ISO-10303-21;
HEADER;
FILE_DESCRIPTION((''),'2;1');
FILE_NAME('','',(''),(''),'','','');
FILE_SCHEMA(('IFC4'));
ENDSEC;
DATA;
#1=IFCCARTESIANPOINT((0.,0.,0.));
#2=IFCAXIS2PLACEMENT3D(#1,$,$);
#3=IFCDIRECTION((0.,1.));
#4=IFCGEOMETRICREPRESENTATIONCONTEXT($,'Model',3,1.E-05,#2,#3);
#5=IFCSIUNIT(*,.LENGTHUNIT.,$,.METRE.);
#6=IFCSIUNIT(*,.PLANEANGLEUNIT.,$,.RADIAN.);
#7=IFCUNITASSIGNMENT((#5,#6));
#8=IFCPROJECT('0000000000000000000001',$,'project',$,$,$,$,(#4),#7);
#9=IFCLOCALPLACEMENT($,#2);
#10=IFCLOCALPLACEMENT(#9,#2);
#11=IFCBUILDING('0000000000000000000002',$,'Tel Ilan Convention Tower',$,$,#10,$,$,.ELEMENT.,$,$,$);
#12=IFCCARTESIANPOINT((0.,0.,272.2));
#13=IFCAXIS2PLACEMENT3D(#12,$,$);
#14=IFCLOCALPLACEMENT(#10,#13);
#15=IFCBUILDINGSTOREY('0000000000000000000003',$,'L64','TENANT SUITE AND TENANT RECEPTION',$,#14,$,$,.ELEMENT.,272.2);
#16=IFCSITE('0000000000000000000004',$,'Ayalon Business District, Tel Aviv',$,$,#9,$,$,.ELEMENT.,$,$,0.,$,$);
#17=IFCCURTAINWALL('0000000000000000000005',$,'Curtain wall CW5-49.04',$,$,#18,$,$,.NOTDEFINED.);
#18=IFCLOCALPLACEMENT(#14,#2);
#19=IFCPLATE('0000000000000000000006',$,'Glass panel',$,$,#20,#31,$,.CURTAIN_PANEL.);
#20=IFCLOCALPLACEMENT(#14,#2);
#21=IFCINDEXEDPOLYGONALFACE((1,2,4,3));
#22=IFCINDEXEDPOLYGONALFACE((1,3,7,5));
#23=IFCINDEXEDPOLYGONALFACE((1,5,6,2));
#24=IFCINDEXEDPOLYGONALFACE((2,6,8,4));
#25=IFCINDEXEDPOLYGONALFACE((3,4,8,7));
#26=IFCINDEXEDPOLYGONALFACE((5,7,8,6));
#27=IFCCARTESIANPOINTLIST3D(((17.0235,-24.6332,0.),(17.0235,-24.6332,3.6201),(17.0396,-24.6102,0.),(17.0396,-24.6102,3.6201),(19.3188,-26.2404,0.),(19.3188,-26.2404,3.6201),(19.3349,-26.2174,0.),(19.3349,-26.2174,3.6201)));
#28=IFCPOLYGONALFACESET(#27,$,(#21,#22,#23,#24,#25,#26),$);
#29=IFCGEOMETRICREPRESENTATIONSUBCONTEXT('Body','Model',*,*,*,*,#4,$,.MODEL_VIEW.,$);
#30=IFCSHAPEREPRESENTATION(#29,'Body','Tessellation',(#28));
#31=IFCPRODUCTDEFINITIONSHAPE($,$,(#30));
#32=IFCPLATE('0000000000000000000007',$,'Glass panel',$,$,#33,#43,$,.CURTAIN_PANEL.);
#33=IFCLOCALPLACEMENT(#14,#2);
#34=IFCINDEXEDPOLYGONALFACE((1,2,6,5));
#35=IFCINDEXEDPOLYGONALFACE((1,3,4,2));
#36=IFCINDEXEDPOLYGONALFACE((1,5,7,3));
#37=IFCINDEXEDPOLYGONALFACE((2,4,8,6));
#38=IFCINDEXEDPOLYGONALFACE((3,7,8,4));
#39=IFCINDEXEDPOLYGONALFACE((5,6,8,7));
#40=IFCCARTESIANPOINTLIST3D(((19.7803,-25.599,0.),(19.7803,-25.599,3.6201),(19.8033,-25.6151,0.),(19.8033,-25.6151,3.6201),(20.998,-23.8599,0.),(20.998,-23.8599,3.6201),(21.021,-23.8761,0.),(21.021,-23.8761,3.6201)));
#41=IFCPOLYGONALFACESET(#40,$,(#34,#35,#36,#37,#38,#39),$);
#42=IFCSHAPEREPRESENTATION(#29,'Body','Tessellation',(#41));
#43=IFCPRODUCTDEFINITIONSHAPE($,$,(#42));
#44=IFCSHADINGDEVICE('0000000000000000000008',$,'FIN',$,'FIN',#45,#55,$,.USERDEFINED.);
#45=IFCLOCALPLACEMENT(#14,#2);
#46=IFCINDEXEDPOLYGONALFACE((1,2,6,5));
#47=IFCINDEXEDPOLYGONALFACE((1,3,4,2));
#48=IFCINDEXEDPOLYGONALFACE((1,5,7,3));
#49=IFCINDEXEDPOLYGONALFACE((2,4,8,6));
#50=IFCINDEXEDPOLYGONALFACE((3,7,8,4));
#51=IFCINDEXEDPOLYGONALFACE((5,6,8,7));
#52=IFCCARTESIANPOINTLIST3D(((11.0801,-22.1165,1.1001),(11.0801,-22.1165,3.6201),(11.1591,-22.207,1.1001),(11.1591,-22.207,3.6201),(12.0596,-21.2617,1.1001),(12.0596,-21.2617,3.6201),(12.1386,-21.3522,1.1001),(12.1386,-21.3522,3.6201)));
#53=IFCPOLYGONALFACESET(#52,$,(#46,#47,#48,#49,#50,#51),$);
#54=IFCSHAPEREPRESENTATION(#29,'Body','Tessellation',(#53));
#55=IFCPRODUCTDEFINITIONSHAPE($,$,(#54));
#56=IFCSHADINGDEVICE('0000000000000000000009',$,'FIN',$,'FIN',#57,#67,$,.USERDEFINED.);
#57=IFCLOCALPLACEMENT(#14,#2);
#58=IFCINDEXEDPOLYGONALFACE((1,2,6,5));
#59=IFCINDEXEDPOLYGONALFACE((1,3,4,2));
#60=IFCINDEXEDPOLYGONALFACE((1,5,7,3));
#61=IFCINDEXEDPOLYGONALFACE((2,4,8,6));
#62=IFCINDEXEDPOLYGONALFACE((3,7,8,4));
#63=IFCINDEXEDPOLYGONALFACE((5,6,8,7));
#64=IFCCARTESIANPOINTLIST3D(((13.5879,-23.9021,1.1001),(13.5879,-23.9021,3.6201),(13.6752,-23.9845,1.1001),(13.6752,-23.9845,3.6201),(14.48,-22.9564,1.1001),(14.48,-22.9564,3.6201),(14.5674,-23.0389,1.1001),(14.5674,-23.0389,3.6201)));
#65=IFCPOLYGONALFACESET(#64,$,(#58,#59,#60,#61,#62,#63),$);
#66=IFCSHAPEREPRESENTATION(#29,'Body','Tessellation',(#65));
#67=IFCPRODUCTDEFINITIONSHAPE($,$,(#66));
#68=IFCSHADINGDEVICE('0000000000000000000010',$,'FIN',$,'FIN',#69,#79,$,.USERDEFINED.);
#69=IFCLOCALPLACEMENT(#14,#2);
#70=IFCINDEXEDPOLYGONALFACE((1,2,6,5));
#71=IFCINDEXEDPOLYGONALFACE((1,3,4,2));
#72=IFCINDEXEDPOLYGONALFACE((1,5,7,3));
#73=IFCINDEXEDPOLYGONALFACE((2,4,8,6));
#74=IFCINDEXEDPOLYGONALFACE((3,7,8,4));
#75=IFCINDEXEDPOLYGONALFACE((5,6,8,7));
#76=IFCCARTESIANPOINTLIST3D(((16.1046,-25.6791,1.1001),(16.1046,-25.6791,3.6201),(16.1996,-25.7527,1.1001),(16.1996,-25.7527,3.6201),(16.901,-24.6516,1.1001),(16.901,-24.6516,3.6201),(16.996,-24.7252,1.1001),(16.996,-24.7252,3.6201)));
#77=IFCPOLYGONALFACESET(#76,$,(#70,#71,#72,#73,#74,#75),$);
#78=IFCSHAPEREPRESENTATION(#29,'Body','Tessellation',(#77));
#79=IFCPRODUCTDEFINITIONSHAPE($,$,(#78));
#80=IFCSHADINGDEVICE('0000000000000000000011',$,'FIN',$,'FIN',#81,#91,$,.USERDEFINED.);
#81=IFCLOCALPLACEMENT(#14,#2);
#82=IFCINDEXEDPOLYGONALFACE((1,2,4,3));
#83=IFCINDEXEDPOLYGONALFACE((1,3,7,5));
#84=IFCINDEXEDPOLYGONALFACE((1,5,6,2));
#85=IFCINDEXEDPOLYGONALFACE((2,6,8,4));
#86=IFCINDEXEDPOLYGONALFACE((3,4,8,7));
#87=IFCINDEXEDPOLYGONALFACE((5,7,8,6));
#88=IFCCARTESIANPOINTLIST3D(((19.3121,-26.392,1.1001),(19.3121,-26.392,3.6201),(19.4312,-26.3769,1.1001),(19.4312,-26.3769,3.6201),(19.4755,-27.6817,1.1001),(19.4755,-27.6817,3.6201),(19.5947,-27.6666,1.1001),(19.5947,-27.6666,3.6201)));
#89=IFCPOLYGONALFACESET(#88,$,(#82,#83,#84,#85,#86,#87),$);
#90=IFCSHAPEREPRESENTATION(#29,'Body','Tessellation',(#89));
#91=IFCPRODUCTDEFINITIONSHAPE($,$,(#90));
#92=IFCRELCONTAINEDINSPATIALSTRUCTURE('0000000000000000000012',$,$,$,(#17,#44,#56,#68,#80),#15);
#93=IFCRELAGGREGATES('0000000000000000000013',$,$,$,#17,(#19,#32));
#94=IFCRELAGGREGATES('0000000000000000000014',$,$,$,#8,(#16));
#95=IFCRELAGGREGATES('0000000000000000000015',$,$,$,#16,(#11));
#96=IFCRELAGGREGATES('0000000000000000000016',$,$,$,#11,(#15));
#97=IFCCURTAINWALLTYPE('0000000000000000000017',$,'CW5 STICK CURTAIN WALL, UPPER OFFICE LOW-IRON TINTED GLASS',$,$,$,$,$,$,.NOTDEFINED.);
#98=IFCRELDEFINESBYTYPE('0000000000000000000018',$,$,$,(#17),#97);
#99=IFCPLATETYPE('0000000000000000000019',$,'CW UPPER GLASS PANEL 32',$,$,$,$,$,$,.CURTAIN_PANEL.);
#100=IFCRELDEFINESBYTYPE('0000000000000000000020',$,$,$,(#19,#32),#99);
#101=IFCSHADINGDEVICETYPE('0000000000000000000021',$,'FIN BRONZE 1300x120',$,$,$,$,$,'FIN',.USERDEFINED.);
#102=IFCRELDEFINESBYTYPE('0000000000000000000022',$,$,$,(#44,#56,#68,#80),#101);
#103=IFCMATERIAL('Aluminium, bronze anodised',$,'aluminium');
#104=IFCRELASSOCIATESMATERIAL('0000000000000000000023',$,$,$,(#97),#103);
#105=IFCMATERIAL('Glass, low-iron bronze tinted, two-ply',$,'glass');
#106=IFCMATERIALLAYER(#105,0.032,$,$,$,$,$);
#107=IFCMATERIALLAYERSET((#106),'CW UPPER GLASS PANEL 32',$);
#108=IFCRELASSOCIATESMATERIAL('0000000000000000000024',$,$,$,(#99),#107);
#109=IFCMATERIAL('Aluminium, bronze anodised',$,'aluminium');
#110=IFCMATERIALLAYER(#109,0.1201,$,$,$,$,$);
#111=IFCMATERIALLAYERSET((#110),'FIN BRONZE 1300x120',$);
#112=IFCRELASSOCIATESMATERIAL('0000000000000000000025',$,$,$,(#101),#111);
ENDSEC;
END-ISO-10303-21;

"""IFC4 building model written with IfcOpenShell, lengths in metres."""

from ifc_helpers import new_model, si_unit, direction, frame, origin, origin_2d, place, context, subcontext, project, spatial, rectangle, extrude, material, layer, layer_set, type_object, element, aggregate, save


model = new_model("IFC4")

# Units and contexts
model_context = context("Model", 3, precision=1e-05, world=origin(), true_north=direction((0.0, 1.0)))
body_context = subcontext(model_context, "Body", "Model", "MODEL_VIEW")
ifc_project = project(units=[si_unit("LENGTHUNIT", "METRE"), si_unit("PLANEANGLEUNIT", "RADIAN")], contexts=[model_context])

# Site, building, storey
site_placement = place(None, origin())
site = spatial("IfcSite", under=ifc_project, at=site_placement, Name="Ayalon Business District, Tel Aviv", CompositionType="ELEMENT", RefElevation=0.0)
building_placement = place(site_placement, origin())
building = spatial("IfcBuilding", under=site, at=building_placement, Name="Tel Ilan Convention Tower", CompositionType="ELEMENT")
storey_placement = place(building_placement, frame((0.0, 0.0, 272.2)))
storey = spatial("IfcBuildingStorey", under=building, at=storey_placement, Name="L64", Description="TENANT SUITE AND TENANT RECEPTION", CompositionType="ELEMENT", Elevation=272.2)

# Curtain wall, plates
ifc_material_1 = material(Name="Aluminium, bronze anodised", Category="aluminium")
curtain_wall_type = type_object("IfcCurtainWallType", Name="CW5 STICK CURTAIN WALL, UPPER OFFICE LOW-IRON TINTED GLASS", PredefinedType="NOTDEFINED", material=ifc_material_1)
curtain_wall_placement = place(storey_placement, origin())
curtain_wall = element("IfcCurtainWall", 1, at=curtain_wall_placement, inside=storey, type_object=curtain_wall_type, Name="Curtain wall CW5-49.04", PredefinedType="NOTDEFINED")
ifc_material_2 = material(Name="Glass, low-iron bronze tinted, two-ply", Category="glass")
ifc_layer_1 = layer(ifc_material_2, 0.032)
ifc_layer_set_1 = layer_set([ifc_layer_1], Name="CW UPPER GLASS PANEL 32")
plate_type = type_object("IfcPlateType", Name="CW UPPER GLASS PANEL 32", PredefinedType="CURTAIN_PANEL", material=ifc_layer_set_1)
plate_1_placement = place(storey_placement, frame((18.1792, -25.4253, 0.0), z_axis=(0.0, 0.0, 1.0), x_axis=(0.819152, -0.573576, 0.0)))
plate_1 = element("IfcPlate", 2, at=plate_1_placement, type_object=plate_type, Name="Glass panel", PredefinedType="CURTAIN_PANEL", context=body_context, shape_type="SweptSolid", body=[
    extrude(rectangle(XDim=2.802, YDim=0.0281, at=origin_2d()), origin(), (0.0, 0.0, 1.0), 3.6201),
])
plate_2_placement = place(storey_placement, frame((20.4006, -24.7375, 0.0), z_axis=(0.0, 0.0, 1.0), x_axis=(0.573576, 0.819152, 0.0)))
plate_2 = element("IfcPlate", 3, at=plate_2_placement, type_object=plate_type, Name="Glass panel", PredefinedType="CURTAIN_PANEL", context=body_context, shape_type="SweptSolid", body=[
    extrude(rectangle(XDim=2.123, YDim=0.0281, at=origin_2d()), origin(), (0.0, 0.0, 1.0), 3.6201),
])
aggregate(curtain_wall, [plate_1, plate_2])

# Shading devices
ifc_material_3 = material(Name="Aluminium, bronze anodised", Category="aluminium")
ifc_layer_2 = layer(ifc_material_3, 0.1201)
ifc_layer_set_2 = layer_set([ifc_layer_2], Name="FIN BRONZE 1300x120")
shading_device_type = type_object("IfcShadingDeviceType", Name="FIN BRONZE 1300x120", ElementType="FIN", PredefinedType="USERDEFINED", material=ifc_layer_set_2)
for number, where, z_axis, x_axis, name in (
    (4, (11.6094, -21.7344, 1.1001), (0.0, 0.0, 1.0), (-0.753436, -0.657521, 0.0), "FIN"),
    (5, (14.0776, -23.4705, 1.1001), (0.0, 0.0, 1.0), (-0.686242, -0.727374, 0.0), "FIN"),
    (6, (16.5503, -25.2021, 1.1001), (0.0, 0.0, 1.0), (-0.612601, -0.790393, 0.0), "FIN"),
    (7, (19.4534, -27.0293, 1.1001), (0.0, 0.0, 1.0), (0.125718, -0.992066, 0.0), "FIN"),
):
    element("IfcShadingDevice", number, at=place(storey_placement, frame(where, z_axis=z_axis, x_axis=x_axis)), inside=storey, type_object=shading_device_type, Name=name, ObjectType="FIN", PredefinedType="USERDEFINED", context=body_context, shape_type="SweptSolid", body=[
        extrude(rectangle(XDim=1.3, YDim=0.1201, at=origin_2d()), origin(), (0.0, 0.0, 1.0), 2.52),
    ])

save(model, "model.ifc")
